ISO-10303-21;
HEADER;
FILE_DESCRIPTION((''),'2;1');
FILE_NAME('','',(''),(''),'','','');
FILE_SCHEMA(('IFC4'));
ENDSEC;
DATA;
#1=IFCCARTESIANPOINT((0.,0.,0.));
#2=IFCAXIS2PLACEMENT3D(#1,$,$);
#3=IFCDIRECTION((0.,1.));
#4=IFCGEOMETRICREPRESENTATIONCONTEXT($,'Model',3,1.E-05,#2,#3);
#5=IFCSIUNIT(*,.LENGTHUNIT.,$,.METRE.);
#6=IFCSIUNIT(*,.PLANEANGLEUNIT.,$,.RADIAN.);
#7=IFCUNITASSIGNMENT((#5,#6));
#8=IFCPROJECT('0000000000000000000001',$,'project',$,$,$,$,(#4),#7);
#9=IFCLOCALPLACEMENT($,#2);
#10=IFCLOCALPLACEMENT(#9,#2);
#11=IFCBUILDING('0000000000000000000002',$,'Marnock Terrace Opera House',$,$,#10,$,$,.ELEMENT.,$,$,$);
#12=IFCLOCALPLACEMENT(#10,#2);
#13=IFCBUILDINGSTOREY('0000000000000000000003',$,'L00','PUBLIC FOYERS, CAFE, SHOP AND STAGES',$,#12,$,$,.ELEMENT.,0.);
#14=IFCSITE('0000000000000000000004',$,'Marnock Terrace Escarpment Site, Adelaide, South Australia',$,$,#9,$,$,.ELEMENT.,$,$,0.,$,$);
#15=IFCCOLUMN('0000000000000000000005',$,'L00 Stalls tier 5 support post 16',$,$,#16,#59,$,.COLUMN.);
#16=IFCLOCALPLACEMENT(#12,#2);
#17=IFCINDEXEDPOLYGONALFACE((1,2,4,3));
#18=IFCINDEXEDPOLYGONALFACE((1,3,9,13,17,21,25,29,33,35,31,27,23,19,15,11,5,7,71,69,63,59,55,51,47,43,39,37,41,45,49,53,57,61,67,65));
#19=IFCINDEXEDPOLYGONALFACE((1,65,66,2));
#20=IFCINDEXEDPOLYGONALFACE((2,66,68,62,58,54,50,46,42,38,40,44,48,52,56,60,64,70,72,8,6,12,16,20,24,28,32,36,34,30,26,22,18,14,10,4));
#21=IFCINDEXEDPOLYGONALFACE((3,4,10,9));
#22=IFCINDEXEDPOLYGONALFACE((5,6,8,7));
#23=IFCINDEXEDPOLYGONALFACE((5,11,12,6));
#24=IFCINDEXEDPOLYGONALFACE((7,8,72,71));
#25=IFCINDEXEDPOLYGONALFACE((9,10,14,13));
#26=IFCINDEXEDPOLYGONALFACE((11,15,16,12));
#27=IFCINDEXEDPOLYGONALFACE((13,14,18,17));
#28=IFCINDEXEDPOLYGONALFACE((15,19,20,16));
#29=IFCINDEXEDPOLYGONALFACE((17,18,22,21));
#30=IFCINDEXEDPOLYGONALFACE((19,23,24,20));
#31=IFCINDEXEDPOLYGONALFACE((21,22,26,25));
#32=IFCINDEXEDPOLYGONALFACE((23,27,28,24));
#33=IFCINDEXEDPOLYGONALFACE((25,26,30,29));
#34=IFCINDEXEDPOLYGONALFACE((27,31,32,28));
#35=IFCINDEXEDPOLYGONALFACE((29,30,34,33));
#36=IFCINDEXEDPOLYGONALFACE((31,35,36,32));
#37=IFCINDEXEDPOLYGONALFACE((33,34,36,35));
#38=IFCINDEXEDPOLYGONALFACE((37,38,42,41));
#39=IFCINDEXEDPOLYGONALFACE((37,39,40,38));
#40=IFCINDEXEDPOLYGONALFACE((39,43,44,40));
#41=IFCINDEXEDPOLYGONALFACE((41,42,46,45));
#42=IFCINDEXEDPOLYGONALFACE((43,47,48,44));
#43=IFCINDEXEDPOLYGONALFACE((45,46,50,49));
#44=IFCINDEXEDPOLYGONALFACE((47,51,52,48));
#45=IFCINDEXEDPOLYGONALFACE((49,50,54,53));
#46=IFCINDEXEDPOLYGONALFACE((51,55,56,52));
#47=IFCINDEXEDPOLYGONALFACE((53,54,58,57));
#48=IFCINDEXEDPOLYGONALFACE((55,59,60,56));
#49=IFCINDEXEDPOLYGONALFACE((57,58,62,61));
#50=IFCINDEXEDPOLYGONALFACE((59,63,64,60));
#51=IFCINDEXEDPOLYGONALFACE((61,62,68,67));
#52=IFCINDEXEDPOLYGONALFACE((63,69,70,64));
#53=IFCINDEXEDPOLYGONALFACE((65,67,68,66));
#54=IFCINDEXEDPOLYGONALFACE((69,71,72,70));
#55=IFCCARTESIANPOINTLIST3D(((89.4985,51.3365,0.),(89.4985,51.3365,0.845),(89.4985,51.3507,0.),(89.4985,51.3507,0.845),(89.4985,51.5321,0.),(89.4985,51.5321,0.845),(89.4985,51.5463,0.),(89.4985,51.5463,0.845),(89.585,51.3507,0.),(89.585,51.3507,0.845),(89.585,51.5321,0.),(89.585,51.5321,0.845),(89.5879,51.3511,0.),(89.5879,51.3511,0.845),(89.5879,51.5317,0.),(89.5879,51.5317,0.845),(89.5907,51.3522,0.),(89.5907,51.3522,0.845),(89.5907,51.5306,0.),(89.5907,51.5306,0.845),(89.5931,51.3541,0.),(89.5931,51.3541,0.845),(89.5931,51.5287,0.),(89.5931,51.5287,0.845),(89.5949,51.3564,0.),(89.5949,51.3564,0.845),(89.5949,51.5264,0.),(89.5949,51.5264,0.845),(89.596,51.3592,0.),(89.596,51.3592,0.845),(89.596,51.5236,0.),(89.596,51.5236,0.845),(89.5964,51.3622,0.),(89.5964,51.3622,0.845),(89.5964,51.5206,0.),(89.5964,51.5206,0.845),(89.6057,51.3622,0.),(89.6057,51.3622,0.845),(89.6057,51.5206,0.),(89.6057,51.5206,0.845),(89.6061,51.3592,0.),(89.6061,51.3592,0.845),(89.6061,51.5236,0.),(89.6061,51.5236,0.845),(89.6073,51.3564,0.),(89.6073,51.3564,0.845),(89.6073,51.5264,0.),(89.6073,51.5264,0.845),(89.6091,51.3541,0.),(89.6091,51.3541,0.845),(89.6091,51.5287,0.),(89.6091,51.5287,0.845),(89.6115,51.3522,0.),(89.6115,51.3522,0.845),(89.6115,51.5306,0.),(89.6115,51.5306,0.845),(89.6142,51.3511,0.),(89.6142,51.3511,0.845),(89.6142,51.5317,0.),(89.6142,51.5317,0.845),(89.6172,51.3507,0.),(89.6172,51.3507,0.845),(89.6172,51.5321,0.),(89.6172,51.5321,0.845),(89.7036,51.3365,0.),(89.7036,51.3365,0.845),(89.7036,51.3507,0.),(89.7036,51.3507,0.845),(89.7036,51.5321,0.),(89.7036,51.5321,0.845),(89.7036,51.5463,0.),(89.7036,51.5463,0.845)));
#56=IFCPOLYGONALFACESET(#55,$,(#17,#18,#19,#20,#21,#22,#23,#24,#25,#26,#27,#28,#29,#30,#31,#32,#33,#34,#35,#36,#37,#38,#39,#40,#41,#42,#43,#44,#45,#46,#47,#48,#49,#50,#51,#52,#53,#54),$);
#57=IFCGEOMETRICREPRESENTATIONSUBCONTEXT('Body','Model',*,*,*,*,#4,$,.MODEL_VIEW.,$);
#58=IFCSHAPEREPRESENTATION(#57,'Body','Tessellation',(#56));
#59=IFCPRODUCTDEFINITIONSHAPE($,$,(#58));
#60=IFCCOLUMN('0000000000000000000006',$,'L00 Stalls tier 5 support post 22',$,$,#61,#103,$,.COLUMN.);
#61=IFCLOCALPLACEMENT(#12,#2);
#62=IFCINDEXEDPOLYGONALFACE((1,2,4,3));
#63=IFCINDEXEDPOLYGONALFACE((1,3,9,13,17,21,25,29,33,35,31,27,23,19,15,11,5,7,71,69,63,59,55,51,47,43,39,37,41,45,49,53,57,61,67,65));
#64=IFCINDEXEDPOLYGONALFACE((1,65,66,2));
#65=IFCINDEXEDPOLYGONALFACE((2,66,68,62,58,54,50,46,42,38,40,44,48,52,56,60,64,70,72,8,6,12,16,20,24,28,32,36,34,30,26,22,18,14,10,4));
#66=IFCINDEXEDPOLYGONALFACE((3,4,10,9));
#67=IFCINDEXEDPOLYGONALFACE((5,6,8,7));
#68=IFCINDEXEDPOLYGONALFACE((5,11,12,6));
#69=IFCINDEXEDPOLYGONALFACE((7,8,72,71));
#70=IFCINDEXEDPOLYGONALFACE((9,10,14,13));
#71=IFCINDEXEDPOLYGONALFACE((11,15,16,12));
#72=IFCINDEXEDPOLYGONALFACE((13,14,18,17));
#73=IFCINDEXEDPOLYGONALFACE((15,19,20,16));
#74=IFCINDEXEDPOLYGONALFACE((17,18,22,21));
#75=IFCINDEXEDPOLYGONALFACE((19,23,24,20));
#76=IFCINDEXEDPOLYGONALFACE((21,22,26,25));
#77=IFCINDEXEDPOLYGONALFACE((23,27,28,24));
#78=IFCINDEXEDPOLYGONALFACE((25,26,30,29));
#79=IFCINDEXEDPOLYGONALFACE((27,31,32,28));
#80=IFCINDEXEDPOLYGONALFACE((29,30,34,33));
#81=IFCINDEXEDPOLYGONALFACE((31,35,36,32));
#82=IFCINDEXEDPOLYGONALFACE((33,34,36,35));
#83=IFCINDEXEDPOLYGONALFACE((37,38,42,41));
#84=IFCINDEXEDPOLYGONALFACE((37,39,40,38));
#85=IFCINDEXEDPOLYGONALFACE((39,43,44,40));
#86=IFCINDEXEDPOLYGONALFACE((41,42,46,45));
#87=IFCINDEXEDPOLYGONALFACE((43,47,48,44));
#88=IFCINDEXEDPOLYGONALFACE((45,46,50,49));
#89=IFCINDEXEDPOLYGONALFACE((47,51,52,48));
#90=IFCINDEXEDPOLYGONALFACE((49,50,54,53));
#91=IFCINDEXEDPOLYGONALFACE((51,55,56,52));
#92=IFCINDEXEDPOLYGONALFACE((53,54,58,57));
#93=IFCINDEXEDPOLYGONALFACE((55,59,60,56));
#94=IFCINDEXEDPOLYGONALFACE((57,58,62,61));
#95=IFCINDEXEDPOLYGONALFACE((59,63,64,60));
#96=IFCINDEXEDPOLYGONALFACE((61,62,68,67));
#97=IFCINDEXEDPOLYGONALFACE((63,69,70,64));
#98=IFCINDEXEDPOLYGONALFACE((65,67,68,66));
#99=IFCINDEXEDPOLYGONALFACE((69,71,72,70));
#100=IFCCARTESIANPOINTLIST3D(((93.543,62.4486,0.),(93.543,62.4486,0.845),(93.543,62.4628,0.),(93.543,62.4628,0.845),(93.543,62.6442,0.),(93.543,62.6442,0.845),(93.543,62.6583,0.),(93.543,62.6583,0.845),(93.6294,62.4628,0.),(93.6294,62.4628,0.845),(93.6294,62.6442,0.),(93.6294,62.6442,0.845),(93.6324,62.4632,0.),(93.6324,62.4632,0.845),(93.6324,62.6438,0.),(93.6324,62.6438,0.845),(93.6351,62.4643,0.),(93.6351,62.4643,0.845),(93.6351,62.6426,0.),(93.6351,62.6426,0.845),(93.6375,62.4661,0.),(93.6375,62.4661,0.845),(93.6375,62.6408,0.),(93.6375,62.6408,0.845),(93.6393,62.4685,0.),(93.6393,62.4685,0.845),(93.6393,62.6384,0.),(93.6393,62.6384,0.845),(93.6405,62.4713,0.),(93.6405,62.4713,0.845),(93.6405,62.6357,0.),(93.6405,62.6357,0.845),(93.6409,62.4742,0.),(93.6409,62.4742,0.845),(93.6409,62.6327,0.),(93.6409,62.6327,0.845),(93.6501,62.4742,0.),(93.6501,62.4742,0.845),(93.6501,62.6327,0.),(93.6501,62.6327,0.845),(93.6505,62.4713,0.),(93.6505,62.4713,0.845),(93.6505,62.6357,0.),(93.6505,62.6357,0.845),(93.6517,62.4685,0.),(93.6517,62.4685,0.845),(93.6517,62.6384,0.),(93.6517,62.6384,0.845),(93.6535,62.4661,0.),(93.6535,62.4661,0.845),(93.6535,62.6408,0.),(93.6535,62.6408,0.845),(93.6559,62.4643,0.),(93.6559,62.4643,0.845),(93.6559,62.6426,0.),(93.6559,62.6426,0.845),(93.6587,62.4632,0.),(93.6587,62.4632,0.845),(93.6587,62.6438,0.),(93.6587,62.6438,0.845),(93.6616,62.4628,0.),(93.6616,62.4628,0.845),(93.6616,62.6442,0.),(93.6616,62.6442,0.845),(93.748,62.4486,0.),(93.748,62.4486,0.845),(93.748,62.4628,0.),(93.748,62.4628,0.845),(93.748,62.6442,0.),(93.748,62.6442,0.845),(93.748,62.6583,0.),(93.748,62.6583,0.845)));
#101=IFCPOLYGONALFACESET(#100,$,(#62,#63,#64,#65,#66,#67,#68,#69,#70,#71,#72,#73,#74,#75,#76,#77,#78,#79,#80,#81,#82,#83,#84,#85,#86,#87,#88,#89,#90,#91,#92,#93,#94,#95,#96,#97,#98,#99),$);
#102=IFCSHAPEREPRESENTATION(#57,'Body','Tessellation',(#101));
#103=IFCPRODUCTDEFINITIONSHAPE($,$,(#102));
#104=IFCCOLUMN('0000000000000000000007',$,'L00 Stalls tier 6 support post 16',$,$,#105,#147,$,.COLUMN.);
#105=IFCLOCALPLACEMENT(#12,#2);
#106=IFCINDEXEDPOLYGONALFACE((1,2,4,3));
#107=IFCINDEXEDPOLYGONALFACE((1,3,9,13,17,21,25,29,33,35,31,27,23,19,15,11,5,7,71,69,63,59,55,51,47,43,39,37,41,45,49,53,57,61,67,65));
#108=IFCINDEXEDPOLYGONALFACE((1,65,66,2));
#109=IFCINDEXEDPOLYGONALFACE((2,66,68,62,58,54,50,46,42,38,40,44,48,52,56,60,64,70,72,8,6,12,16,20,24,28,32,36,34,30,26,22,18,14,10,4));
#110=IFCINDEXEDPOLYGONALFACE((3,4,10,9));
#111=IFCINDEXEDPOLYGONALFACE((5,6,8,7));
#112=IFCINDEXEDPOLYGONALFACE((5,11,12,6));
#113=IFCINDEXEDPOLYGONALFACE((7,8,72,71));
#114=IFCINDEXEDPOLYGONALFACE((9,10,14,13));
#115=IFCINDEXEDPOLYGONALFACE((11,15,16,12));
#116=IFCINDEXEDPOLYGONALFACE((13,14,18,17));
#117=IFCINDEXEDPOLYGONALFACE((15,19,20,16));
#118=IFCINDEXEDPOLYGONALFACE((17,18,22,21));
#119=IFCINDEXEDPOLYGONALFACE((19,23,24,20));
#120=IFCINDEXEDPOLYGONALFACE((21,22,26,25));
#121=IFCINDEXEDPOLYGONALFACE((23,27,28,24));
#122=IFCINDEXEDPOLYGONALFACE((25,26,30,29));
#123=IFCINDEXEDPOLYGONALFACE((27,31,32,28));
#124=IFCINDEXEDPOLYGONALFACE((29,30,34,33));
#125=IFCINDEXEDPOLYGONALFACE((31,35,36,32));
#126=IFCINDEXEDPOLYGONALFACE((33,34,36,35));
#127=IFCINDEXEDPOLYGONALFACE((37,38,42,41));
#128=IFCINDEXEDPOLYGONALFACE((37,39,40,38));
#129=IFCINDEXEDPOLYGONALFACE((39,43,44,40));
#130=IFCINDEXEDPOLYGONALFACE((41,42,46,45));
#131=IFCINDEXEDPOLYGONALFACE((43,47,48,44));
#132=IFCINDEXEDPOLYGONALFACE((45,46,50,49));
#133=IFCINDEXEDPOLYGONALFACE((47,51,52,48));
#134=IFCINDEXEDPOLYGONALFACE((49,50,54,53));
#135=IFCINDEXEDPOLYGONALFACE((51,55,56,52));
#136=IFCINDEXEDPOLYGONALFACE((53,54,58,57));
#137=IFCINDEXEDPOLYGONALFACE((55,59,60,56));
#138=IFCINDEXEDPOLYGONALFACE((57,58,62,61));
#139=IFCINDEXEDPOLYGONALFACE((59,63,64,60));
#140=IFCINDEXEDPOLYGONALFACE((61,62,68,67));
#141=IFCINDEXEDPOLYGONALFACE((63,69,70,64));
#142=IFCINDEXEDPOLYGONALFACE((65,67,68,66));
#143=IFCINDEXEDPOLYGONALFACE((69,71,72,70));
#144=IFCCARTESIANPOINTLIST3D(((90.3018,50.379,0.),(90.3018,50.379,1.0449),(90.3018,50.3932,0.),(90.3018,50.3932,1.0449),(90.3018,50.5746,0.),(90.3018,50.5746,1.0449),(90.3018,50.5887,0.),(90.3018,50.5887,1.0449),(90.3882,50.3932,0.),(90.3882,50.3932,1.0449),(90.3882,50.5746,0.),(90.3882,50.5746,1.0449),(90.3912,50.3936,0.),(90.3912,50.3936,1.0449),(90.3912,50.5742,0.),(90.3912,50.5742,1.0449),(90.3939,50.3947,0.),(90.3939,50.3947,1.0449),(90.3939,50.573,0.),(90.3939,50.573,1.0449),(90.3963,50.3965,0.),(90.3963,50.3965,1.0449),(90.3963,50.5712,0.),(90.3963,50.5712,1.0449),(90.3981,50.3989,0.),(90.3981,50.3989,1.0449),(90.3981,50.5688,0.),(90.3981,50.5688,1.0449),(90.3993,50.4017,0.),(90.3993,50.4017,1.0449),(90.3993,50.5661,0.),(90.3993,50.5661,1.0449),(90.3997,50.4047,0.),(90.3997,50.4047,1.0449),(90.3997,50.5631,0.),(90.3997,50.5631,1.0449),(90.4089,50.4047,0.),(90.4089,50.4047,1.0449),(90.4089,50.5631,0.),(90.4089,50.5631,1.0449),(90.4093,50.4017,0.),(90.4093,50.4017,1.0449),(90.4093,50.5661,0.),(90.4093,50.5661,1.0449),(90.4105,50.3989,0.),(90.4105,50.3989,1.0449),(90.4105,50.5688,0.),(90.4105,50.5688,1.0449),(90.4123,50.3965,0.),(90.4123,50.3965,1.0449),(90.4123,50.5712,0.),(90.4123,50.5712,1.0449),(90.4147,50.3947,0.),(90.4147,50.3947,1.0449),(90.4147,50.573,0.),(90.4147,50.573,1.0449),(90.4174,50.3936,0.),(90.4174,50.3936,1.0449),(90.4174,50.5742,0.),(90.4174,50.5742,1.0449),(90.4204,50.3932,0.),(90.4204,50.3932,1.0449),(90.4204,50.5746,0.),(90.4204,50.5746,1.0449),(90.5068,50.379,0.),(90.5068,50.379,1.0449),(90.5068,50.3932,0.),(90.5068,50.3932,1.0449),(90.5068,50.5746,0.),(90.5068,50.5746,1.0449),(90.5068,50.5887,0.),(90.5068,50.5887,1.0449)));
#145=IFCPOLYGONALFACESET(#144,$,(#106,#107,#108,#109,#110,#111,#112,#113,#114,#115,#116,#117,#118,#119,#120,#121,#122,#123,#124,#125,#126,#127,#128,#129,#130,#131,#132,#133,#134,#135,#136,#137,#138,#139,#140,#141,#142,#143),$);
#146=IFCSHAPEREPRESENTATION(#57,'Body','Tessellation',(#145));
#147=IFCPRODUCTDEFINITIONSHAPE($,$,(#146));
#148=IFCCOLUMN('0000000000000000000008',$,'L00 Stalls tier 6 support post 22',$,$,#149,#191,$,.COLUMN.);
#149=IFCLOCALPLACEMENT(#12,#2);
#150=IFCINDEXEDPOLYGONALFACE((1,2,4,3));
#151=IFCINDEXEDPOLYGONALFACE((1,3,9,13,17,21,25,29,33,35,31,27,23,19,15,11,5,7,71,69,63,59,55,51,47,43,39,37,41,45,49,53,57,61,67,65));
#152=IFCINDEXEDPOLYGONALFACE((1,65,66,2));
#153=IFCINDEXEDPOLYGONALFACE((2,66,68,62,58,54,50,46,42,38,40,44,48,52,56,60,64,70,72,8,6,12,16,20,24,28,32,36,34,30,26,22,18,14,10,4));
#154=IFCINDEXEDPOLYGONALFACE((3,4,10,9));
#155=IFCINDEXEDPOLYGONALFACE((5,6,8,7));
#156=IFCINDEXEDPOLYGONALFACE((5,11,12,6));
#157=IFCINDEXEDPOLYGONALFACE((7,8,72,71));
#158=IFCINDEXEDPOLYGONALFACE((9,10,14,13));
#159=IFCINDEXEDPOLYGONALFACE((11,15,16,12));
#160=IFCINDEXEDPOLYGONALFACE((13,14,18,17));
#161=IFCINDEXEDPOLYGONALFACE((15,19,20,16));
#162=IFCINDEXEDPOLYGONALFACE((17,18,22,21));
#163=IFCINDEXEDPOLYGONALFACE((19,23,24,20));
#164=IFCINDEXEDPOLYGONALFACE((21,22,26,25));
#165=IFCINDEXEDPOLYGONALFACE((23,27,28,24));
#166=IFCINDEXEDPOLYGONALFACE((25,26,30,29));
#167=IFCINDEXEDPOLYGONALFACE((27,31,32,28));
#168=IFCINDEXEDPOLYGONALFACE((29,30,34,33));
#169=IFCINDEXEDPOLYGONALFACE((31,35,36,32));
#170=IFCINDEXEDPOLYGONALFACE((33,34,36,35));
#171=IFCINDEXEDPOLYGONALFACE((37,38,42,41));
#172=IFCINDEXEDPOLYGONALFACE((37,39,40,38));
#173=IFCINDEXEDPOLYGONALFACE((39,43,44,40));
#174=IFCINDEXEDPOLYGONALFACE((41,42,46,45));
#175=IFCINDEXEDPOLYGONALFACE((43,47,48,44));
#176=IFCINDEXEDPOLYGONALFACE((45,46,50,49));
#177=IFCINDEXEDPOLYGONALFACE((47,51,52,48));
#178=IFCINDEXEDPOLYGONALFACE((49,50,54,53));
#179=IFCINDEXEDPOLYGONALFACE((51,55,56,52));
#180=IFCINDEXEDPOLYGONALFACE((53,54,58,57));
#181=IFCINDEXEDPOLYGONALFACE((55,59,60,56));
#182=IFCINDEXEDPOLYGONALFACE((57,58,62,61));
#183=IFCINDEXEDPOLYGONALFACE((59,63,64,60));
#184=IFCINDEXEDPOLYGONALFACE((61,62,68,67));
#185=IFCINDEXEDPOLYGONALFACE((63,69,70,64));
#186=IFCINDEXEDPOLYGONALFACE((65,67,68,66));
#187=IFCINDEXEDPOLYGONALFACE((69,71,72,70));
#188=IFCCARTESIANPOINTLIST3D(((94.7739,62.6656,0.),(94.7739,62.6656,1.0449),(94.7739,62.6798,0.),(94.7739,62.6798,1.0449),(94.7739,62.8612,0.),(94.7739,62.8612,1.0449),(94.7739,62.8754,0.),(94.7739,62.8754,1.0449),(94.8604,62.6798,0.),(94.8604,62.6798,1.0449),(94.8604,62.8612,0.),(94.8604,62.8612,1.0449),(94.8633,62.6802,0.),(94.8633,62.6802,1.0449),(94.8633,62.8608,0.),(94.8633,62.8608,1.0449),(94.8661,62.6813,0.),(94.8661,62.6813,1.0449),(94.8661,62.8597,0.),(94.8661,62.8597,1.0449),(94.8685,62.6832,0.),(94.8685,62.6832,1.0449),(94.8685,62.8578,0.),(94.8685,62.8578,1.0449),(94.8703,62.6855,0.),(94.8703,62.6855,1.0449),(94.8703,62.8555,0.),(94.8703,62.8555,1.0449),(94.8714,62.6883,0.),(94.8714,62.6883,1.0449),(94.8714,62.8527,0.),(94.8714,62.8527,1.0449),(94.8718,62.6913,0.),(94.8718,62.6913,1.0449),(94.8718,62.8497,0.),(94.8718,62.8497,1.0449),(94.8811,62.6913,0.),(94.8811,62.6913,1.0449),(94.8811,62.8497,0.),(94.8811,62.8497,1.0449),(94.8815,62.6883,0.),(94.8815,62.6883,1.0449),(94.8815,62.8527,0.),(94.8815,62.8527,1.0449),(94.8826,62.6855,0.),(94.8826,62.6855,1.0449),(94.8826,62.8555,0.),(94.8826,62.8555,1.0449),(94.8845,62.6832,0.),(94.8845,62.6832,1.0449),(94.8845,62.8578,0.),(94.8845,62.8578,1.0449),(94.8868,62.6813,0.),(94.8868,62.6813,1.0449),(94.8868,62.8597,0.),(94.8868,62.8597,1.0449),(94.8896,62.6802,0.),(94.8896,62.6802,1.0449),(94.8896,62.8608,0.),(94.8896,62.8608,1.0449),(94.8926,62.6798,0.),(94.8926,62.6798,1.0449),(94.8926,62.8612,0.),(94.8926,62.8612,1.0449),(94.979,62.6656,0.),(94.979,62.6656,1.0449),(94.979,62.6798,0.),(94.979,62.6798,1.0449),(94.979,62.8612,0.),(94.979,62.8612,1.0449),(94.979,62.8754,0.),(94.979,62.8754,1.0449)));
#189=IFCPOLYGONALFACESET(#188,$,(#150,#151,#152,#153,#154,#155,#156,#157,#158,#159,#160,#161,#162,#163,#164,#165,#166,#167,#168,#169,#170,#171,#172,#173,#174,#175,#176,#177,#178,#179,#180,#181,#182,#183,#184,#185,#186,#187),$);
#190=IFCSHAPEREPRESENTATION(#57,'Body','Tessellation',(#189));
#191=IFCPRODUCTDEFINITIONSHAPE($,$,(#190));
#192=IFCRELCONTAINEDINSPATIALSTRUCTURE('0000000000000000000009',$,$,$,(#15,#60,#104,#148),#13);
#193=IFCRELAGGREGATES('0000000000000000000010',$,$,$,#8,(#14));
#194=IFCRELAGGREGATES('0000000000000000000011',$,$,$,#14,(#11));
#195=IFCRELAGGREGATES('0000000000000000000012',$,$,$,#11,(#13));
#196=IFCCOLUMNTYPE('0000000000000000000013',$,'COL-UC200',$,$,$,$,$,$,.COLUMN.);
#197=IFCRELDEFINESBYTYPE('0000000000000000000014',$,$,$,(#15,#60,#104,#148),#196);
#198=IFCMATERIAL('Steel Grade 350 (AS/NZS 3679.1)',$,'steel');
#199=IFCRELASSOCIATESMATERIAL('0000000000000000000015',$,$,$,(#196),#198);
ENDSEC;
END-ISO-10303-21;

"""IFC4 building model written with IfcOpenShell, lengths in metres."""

from ifc_helpers import new_model, si_unit, direction, frame, origin, origin_2d, place, context, subcontext, project, spatial, i_section, extrude, material, material_profile, profile_set, type_object, element, save


model = new_model("IFC4")

# Units and contexts
model_context = context("Model", 3, precision=1e-05, world=origin(), true_north=direction((0.0, 1.0)))
body_context = subcontext(model_context, "Body", "Model", "MODEL_VIEW")
ifc_project = project(units=[si_unit("LENGTHUNIT", "METRE"), si_unit("PLANEANGLEUNIT", "RADIAN")], contexts=[model_context])

# Site, building, storey
site_placement = place(None, origin())
site = spatial("IfcSite", under=ifc_project, at=site_placement, Name="Marnock Terrace Escarpment Site, Adelaide, South Australia", CompositionType="ELEMENT", RefElevation=0.0)
building_placement = place(site_placement, origin())
building = spatial("IfcBuilding", under=site, at=building_placement, Name="Marnock Terrace Opera House", CompositionType="ELEMENT")
storey_placement = place(building_placement, origin())
storey = spatial("IfcBuildingStorey", under=building, at=storey_placement, Name="L00", Description="PUBLIC FOYERS, CAFE, SHOP AND STAGES", CompositionType="ELEMENT", Elevation=0.0)

# Columns
ifc_material_1 = material(Name="Steel Grade 350 (AS/NZS 3679.1)", Category="steel")
ifc_material_profile_1 = material_profile(ifc_material_1, i_section(OverallWidth=0.2051, OverallDepth=0.2097, WebThickness=0.0093, FlangeThickness=0.0142, FilletRadius=0.0115, at=origin_2d()))
ifc_profile_set_1 = profile_set([ifc_material_profile_1], Name="Steel Grade 350 (AS/NZS 3679.1)")
column_type_1 = type_object("IfcColumnType", Name="COL-UC200", PredefinedType="COLUMN", material=ifc_profile_set_1)
for number, where, z_axis, x_axis, name in (
    (1, (89.6011, 51.4414, 0.0), (0.0, 0.0, 1.0), (1.0, 0.0, 0.0), "L00 Stalls tier 5 support post 16"),
    (2, (93.6455, 62.5535, 0.0), (0.0, 0.0, 1.0), (1.0, 0.0, 0.0), "L00 Stalls tier 5 support post 22"),
):
    element("IfcColumn", number, at=place(storey_placement, frame(where, z_axis=z_axis, x_axis=x_axis)), inside=storey, type_object=column_type_1, Name=name, PredefinedType="COLUMN", context=body_context, shape_type="SweptSolid", body=[
        extrude(i_section(OverallWidth=0.2051, OverallDepth=0.2097, WebThickness=0.0093, FlangeThickness=0.0142, FilletRadius=0.0115, at=origin_2d()), origin(), (0.0, 0.0, 1.0), 0.845),
    ])
for number, where, z_axis, x_axis, name in (
    (3, (90.4043, 50.4839, 0.0), (0.0, 0.0, 1.0), (1.0, 0.0, 0.0), "L00 Stalls tier 6 support post 16"),
    (4, (94.8765, 62.7705, 0.0), (0.0, 0.0, 1.0), (1.0, 0.0, 0.0), "L00 Stalls tier 6 support post 22"),
):
    element("IfcColumn", number, at=place(storey_placement, frame(where, z_axis=z_axis, x_axis=x_axis)), inside=storey, type_object=column_type_1, Name=name, PredefinedType="COLUMN", context=body_context, shape_type="SweptSolid", body=[
        extrude(i_section(OverallWidth=0.2051, OverallDepth=0.2097, WebThickness=0.0093, FlangeThickness=0.0142, FilletRadius=0.0115, at=origin_2d()), origin(), (0.0, 0.0, 1.0), 1.0449),
    ])

save(model, "model.ifc")
